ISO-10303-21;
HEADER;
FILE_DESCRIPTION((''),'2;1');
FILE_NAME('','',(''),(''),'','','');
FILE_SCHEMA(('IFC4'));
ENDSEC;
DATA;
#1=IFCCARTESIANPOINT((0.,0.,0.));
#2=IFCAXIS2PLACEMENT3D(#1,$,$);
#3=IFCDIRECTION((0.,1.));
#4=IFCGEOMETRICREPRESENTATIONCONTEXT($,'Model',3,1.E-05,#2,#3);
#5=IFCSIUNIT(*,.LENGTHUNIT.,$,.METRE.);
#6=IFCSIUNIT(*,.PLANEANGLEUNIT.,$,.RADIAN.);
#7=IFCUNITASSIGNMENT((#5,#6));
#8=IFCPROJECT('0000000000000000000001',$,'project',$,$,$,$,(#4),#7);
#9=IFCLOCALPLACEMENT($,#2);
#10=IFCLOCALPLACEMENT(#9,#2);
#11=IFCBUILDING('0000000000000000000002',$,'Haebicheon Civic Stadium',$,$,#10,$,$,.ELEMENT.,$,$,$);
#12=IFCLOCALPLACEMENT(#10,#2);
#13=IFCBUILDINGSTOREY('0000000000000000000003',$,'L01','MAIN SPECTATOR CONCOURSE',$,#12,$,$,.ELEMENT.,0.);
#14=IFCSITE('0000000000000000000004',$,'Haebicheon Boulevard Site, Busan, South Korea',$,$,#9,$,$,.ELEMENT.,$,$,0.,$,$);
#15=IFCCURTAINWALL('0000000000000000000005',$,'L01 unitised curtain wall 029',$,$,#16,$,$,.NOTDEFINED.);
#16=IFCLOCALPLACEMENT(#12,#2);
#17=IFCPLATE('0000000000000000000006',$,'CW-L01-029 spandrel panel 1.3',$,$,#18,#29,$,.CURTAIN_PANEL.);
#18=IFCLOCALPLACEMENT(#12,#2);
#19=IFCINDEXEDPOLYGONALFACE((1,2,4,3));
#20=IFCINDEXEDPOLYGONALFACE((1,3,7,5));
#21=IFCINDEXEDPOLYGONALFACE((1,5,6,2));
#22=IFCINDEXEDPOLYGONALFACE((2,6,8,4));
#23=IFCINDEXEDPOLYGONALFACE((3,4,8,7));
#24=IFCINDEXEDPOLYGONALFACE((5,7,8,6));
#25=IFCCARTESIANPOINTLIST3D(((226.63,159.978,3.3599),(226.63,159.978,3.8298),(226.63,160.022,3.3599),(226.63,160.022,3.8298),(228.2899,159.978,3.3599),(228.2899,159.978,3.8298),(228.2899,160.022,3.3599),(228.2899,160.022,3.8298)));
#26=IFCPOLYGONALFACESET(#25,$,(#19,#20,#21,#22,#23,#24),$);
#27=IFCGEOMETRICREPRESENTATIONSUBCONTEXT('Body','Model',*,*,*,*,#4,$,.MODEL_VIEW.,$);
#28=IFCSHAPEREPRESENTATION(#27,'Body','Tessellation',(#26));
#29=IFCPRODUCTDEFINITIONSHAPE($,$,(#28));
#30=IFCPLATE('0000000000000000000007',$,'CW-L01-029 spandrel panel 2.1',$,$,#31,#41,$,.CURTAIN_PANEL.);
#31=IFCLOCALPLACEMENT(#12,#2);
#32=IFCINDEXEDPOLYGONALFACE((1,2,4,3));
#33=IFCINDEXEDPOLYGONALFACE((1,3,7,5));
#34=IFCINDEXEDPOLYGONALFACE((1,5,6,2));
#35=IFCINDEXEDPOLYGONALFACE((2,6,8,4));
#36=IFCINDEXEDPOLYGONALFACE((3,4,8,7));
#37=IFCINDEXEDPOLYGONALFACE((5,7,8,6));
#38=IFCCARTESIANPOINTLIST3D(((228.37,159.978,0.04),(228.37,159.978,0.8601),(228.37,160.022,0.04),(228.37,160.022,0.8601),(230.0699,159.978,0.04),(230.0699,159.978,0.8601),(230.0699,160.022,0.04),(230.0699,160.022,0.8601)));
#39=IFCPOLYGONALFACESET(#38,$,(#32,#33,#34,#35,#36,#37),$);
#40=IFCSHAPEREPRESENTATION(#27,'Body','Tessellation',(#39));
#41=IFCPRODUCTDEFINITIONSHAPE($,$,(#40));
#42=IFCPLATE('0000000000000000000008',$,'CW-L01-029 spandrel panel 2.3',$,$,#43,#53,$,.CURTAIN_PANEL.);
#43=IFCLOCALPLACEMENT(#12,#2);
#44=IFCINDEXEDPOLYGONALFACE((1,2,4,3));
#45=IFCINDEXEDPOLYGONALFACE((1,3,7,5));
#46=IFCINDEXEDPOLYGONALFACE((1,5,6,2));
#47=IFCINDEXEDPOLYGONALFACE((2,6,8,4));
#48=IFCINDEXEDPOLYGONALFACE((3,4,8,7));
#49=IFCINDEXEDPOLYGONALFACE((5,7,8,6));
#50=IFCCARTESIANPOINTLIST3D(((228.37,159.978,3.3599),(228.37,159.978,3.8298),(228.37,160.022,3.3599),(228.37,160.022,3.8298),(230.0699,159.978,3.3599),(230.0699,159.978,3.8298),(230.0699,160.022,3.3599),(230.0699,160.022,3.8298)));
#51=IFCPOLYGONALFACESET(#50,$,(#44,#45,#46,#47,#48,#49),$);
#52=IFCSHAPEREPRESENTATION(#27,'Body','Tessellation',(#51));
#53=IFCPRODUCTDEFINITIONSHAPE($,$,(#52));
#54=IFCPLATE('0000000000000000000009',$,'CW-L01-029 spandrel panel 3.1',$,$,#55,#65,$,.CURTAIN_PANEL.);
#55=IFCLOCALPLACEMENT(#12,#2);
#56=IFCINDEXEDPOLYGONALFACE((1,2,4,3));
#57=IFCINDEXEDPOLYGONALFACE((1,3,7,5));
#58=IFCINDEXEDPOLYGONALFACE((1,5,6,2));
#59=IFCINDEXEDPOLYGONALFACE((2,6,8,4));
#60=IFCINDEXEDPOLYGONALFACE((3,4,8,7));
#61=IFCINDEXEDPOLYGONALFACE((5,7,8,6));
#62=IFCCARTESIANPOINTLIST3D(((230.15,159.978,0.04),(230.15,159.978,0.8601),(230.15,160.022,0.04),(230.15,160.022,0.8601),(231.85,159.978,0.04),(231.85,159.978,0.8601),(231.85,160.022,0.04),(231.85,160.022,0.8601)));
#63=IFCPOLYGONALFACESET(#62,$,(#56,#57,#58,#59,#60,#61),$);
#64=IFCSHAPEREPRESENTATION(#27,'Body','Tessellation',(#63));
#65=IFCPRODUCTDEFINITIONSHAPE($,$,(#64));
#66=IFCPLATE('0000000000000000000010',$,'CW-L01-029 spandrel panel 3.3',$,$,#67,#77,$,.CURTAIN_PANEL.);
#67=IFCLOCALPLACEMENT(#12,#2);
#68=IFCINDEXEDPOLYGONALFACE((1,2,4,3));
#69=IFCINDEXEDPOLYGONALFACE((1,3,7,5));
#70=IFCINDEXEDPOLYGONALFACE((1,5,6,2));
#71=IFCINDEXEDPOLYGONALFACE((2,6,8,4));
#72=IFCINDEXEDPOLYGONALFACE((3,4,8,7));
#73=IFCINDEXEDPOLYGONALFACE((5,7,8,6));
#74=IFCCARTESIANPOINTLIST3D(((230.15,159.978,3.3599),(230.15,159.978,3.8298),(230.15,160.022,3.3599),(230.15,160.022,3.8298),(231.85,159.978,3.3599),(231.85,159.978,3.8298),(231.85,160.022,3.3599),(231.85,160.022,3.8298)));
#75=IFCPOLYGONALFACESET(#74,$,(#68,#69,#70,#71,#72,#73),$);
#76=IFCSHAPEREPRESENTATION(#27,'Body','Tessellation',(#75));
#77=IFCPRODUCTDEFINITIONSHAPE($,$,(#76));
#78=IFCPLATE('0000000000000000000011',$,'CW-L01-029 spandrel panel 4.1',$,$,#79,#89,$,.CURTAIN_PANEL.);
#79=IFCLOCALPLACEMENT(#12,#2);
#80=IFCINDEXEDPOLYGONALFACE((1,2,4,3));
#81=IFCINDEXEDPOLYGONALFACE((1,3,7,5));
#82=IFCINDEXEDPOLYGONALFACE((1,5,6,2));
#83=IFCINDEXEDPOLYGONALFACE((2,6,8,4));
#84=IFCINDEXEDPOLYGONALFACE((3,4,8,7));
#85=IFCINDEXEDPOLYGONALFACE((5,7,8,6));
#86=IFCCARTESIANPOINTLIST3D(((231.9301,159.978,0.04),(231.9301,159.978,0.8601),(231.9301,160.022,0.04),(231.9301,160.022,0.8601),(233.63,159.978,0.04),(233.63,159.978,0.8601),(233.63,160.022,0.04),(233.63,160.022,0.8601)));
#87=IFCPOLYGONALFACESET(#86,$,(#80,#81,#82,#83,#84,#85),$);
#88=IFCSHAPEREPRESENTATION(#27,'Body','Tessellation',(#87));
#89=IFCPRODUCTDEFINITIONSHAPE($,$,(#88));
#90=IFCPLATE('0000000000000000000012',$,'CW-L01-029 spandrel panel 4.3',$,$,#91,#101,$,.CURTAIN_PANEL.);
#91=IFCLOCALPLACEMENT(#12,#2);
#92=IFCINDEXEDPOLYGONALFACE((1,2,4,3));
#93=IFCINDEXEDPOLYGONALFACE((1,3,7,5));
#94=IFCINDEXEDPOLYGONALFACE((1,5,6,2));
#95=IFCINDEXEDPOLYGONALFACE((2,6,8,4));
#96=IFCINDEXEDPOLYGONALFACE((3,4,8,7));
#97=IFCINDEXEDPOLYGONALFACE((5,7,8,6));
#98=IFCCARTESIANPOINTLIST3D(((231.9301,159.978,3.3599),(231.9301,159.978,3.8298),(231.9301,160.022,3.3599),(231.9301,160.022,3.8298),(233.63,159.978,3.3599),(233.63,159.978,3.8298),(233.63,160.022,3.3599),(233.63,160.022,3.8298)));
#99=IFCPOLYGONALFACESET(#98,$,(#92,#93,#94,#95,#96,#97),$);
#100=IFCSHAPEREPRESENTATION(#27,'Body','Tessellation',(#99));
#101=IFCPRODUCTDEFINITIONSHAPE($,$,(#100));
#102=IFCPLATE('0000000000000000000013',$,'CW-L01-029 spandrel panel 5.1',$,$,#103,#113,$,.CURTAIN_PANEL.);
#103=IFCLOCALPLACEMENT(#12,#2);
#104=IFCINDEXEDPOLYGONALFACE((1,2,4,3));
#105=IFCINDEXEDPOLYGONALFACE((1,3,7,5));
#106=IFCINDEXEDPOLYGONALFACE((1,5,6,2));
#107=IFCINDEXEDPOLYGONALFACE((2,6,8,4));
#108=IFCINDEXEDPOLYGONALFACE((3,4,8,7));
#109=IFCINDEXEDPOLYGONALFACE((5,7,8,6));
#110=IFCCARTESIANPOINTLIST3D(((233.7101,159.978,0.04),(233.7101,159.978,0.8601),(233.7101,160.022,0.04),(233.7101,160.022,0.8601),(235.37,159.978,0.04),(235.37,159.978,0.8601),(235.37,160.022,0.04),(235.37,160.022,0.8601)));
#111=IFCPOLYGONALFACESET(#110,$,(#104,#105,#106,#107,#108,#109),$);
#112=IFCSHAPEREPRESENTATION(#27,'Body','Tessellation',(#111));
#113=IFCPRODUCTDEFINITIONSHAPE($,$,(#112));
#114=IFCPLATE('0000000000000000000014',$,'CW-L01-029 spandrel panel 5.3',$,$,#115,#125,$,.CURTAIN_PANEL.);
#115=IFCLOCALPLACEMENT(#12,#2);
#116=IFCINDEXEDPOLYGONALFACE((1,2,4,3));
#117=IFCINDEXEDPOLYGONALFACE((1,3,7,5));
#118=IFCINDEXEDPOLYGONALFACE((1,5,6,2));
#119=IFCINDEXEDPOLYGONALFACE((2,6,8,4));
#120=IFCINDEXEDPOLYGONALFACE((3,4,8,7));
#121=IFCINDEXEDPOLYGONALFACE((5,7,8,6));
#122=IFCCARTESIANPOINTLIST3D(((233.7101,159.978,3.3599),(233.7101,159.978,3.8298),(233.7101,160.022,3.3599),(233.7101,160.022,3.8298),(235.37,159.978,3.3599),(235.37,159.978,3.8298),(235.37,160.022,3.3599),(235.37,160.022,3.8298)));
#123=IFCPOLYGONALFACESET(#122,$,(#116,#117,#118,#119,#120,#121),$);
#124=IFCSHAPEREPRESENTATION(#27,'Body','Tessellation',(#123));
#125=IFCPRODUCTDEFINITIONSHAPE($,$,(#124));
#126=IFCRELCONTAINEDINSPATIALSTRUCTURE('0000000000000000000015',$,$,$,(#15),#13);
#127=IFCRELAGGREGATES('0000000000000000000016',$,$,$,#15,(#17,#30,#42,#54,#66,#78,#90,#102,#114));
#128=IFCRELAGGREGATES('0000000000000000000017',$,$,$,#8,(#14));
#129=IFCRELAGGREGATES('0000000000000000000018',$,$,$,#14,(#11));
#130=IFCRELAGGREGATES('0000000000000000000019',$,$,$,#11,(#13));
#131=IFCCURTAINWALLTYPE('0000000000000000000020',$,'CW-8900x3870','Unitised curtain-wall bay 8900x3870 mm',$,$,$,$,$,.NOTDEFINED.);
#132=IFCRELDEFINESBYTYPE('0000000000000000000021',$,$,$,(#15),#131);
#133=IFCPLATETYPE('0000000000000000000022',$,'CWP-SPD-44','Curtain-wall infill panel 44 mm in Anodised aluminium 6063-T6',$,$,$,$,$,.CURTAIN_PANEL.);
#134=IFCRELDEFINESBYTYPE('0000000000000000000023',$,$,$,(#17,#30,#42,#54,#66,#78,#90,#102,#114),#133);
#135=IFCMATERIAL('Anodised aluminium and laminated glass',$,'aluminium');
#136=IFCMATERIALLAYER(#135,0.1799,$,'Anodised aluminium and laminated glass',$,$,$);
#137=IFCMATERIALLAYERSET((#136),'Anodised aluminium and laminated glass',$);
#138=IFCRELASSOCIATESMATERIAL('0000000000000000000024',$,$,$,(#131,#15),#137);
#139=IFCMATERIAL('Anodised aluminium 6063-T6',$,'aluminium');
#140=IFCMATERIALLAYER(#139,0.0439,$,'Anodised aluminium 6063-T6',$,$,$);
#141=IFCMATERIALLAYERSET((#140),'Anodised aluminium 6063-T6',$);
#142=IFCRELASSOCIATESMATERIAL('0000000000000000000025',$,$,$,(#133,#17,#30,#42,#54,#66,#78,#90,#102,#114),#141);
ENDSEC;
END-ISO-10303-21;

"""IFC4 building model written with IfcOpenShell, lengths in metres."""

from ifc_helpers import new_model, si_unit, direction, frame, origin, origin_2d, place, context, subcontext, project, spatial, rectangle, extrude, material, layer, layer_set, type_object, element, aggregate, save


model = new_model("IFC4")

# Units and contexts
model_context = context("Model", 3, precision=1e-05, world=origin(), true_north=direction((0.0, 1.0)))
body_context = subcontext(model_context, "Body", "Model", "MODEL_VIEW")
ifc_project = project(units=[si_unit("LENGTHUNIT", "METRE"), si_unit("PLANEANGLEUNIT", "RADIAN")], contexts=[model_context])

# Site, building, storey
site_placement = place(None, origin())
site = spatial("IfcSite", under=ifc_project, at=site_placement, Name="Haebicheon Boulevard Site, Busan, South Korea", CompositionType="ELEMENT", RefElevation=0.0)
building_placement = place(site_placement, origin())
building = spatial("IfcBuilding", under=site, at=building_placement, Name="Haebicheon Civic Stadium", CompositionType="ELEMENT")
storey_placement = place(building_placement, origin())
storey = spatial("IfcBuildingStorey", under=building, at=storey_placement, Name="L01", Description="MAIN SPECTATOR CONCOURSE", CompositionType="ELEMENT", Elevation=0.0)

# Curtain wall, plates
ifc_material_1 = material(Name="Anodised aluminium and laminated glass", Category="aluminium")
ifc_layer_1 = layer(ifc_material_1, 0.1799, Name="Anodised aluminium and laminated glass")
ifc_layer_set_1 = layer_set([ifc_layer_1], Name="Anodised aluminium and laminated glass")
curtain_wall_type = type_object("IfcCurtainWallType", Name="CW-8900x3870", Description="Unitised curtain-wall bay 8900x3870 mm", PredefinedType="NOTDEFINED", material=ifc_layer_set_1)
curtain_wall_placement = place(storey_placement, origin())
curtain_wall = element("IfcCurtainWall", 1, at=curtain_wall_placement, inside=storey, type_object=curtain_wall_type, material=ifc_layer_set_1, Name="L01 unitised curtain wall 029", PredefinedType="NOTDEFINED")
ifc_material_2 = material(Name="Anodised aluminium 6063-T6", Category="aluminium")
ifc_layer_2 = layer(ifc_material_2, 0.0439, Name="Anodised aluminium 6063-T6")
ifc_layer_set_2 = layer_set([ifc_layer_2], Name="Anodised aluminium 6063-T6")
plate_type_1 = type_object("IfcPlateType", Name="CWP-SPD-44", Description="Curtain-wall infill panel 44 mm in Anodised aluminium 6063-T6", PredefinedType="CURTAIN_PANEL", material=ifc_layer_set_2)
plate_1_placement = place(storey_placement, frame((227.46, 160.0, 3.3599), z_axis=(0.0, 0.0, 1.0), x_axis=(1.0, 0.0, 0.0)))
plate_1 = element("IfcPlate", 2, at=plate_1_placement, type_object=plate_type_1, material=ifc_layer_set_2, Name="CW-L01-029 spandrel panel 1.3", PredefinedType="CURTAIN_PANEL", context=body_context, shape_type="SweptSolid", body=[
    extrude(rectangle(XDim=1.6599, YDim=0.0439, at=origin_2d()), origin(), (0.0, 0.0, 1.0), 0.47),
])
plate_2_placement = place(storey_placement, frame((229.22, 160.0, 0.04), z_axis=(0.0, 0.0, 1.0), x_axis=(1.0, 0.0, 0.0)))
plate_2 = element("IfcPlate", 3, at=plate_2_placement, type_object=plate_type_1, material=ifc_layer_set_2, Name="CW-L01-029 spandrel panel 2.1", PredefinedType="CURTAIN_PANEL", context=body_context, shape_type="SweptSolid", body=[
    extrude(rectangle(XDim=1.7, YDim=0.0439, at=origin_2d()), origin(), (0.0, 0.0, 1.0), 0.8201),
])
plate_3_placement = place(storey_placement, frame((229.22, 160.0, 3.3599), z_axis=(0.0, 0.0, 1.0), x_axis=(1.0, 0.0, 0.0)))
plate_3 = element("IfcPlate", 4, at=plate_3_placement, type_object=plate_type_1, material=ifc_layer_set_2, Name="CW-L01-029 spandrel panel 2.3", PredefinedType="CURTAIN_PANEL", context=body_context, shape_type="SweptSolid", body=[
    extrude(rectangle(XDim=1.7, YDim=0.0439, at=origin_2d()), origin(), (0.0, 0.0, 1.0), 0.47),
])
plate_4_placement = place(storey_placement, frame((231.0, 160.0, 0.04), z_axis=(0.0, 0.0, 1.0), x_axis=(1.0, 0.0, 0.0)))
plate_4 = element("IfcPlate", 5, at=plate_4_placement, type_object=plate_type_1, material=ifc_layer_set_2, Name="CW-L01-029 spandrel panel 3.1", PredefinedType="CURTAIN_PANEL", context=body_context, shape_type="SweptSolid", body=[
    extrude(rectangle(XDim=1.7, YDim=0.0439, at=origin_2d()), origin(), (0.0, 0.0, 1.0), 0.8201),
])
plate_5_placement = place(storey_placement, frame((231.0, 160.0, 3.3599), z_axis=(0.0, 0.0, 1.0), x_axis=(1.0, 0.0, 0.0)))
plate_5 = element("IfcPlate", 6, at=plate_5_placement, type_object=plate_type_1, material=ifc_layer_set_2, Name="CW-L01-029 spandrel panel 3.3", PredefinedType="CURTAIN_PANEL", context=body_context, shape_type="SweptSolid", body=[
    extrude(rectangle(XDim=1.7, YDim=0.0439, at=origin_2d()), origin(), (0.0, 0.0, 1.0), 0.47),
])
plate_6_placement = place(storey_placement, frame((232.78, 160.0, 0.04), z_axis=(0.0, 0.0, 1.0), x_axis=(1.0, 0.0, 0.0)))
plate_6 = element("IfcPlate", 7, at=plate_6_placement, type_object=plate_type_1, material=ifc_layer_set_2, Name="CW-L01-029 spandrel panel 4.1", PredefinedType="CURTAIN_PANEL", context=body_context, shape_type="SweptSolid", body=[
    extrude(rectangle(XDim=1.7, YDim=0.0439, at=origin_2d()), origin(), (0.0, 0.0, 1.0), 0.8201),
])
plate_7_placement = place(storey_placement, frame((232.78, 160.0, 3.3599), z_axis=(0.0, 0.0, 1.0), x_axis=(1.0, 0.0, 0.0)))
plate_7 = element("IfcPlate", 8, at=plate_7_placement, type_object=plate_type_1, material=ifc_layer_set_2, Name="CW-L01-029 spandrel panel 4.3", PredefinedType="CURTAIN_PANEL", context=body_context, shape_type="SweptSolid", body=[
    extrude(rectangle(XDim=1.7, YDim=0.0439, at=origin_2d()), origin(), (0.0, 0.0, 1.0), 0.47),
])
plate_8_placement = place(storey_placement, frame((234.54, 160.0, 0.04), z_axis=(0.0, 0.0, 1.0), x_axis=(1.0, 0.0, 0.0)))
plate_8 = element("IfcPlate", 9, at=plate_8_placement, type_object=plate_type_1, material=ifc_layer_set_2, Name="CW-L01-029 spandrel panel 5.1", PredefinedType="CURTAIN_PANEL", context=body_context, shape_type="SweptSolid", body=[
    extrude(rectangle(XDim=1.6599, YDim=0.0439, at=origin_2d()), origin(), (0.0, 0.0, 1.0), 0.8201),
])
plate_9_placement = place(storey_placement, frame((234.54, 160.0, 3.3599), z_axis=(0.0, 0.0, 1.0), x_axis=(1.0, 0.0, 0.0)))
plate_9 = element("IfcPlate", 10, at=plate_9_placement, type_object=plate_type_1, material=ifc_layer_set_2, Name="CW-L01-029 spandrel panel 5.3", PredefinedType="CURTAIN_PANEL", context=body_context, shape_type="SweptSolid", body=[
    extrude(rectangle(XDim=1.6599, YDim=0.0439, at=origin_2d()), origin(), (0.0, 0.0, 1.0), 0.47),
])
aggregate(curtain_wall, [plate_1, plate_2, plate_3, plate_4, plate_5, plate_6, plate_7, plate_8, plate_9])

save(model, "model.ifc")
